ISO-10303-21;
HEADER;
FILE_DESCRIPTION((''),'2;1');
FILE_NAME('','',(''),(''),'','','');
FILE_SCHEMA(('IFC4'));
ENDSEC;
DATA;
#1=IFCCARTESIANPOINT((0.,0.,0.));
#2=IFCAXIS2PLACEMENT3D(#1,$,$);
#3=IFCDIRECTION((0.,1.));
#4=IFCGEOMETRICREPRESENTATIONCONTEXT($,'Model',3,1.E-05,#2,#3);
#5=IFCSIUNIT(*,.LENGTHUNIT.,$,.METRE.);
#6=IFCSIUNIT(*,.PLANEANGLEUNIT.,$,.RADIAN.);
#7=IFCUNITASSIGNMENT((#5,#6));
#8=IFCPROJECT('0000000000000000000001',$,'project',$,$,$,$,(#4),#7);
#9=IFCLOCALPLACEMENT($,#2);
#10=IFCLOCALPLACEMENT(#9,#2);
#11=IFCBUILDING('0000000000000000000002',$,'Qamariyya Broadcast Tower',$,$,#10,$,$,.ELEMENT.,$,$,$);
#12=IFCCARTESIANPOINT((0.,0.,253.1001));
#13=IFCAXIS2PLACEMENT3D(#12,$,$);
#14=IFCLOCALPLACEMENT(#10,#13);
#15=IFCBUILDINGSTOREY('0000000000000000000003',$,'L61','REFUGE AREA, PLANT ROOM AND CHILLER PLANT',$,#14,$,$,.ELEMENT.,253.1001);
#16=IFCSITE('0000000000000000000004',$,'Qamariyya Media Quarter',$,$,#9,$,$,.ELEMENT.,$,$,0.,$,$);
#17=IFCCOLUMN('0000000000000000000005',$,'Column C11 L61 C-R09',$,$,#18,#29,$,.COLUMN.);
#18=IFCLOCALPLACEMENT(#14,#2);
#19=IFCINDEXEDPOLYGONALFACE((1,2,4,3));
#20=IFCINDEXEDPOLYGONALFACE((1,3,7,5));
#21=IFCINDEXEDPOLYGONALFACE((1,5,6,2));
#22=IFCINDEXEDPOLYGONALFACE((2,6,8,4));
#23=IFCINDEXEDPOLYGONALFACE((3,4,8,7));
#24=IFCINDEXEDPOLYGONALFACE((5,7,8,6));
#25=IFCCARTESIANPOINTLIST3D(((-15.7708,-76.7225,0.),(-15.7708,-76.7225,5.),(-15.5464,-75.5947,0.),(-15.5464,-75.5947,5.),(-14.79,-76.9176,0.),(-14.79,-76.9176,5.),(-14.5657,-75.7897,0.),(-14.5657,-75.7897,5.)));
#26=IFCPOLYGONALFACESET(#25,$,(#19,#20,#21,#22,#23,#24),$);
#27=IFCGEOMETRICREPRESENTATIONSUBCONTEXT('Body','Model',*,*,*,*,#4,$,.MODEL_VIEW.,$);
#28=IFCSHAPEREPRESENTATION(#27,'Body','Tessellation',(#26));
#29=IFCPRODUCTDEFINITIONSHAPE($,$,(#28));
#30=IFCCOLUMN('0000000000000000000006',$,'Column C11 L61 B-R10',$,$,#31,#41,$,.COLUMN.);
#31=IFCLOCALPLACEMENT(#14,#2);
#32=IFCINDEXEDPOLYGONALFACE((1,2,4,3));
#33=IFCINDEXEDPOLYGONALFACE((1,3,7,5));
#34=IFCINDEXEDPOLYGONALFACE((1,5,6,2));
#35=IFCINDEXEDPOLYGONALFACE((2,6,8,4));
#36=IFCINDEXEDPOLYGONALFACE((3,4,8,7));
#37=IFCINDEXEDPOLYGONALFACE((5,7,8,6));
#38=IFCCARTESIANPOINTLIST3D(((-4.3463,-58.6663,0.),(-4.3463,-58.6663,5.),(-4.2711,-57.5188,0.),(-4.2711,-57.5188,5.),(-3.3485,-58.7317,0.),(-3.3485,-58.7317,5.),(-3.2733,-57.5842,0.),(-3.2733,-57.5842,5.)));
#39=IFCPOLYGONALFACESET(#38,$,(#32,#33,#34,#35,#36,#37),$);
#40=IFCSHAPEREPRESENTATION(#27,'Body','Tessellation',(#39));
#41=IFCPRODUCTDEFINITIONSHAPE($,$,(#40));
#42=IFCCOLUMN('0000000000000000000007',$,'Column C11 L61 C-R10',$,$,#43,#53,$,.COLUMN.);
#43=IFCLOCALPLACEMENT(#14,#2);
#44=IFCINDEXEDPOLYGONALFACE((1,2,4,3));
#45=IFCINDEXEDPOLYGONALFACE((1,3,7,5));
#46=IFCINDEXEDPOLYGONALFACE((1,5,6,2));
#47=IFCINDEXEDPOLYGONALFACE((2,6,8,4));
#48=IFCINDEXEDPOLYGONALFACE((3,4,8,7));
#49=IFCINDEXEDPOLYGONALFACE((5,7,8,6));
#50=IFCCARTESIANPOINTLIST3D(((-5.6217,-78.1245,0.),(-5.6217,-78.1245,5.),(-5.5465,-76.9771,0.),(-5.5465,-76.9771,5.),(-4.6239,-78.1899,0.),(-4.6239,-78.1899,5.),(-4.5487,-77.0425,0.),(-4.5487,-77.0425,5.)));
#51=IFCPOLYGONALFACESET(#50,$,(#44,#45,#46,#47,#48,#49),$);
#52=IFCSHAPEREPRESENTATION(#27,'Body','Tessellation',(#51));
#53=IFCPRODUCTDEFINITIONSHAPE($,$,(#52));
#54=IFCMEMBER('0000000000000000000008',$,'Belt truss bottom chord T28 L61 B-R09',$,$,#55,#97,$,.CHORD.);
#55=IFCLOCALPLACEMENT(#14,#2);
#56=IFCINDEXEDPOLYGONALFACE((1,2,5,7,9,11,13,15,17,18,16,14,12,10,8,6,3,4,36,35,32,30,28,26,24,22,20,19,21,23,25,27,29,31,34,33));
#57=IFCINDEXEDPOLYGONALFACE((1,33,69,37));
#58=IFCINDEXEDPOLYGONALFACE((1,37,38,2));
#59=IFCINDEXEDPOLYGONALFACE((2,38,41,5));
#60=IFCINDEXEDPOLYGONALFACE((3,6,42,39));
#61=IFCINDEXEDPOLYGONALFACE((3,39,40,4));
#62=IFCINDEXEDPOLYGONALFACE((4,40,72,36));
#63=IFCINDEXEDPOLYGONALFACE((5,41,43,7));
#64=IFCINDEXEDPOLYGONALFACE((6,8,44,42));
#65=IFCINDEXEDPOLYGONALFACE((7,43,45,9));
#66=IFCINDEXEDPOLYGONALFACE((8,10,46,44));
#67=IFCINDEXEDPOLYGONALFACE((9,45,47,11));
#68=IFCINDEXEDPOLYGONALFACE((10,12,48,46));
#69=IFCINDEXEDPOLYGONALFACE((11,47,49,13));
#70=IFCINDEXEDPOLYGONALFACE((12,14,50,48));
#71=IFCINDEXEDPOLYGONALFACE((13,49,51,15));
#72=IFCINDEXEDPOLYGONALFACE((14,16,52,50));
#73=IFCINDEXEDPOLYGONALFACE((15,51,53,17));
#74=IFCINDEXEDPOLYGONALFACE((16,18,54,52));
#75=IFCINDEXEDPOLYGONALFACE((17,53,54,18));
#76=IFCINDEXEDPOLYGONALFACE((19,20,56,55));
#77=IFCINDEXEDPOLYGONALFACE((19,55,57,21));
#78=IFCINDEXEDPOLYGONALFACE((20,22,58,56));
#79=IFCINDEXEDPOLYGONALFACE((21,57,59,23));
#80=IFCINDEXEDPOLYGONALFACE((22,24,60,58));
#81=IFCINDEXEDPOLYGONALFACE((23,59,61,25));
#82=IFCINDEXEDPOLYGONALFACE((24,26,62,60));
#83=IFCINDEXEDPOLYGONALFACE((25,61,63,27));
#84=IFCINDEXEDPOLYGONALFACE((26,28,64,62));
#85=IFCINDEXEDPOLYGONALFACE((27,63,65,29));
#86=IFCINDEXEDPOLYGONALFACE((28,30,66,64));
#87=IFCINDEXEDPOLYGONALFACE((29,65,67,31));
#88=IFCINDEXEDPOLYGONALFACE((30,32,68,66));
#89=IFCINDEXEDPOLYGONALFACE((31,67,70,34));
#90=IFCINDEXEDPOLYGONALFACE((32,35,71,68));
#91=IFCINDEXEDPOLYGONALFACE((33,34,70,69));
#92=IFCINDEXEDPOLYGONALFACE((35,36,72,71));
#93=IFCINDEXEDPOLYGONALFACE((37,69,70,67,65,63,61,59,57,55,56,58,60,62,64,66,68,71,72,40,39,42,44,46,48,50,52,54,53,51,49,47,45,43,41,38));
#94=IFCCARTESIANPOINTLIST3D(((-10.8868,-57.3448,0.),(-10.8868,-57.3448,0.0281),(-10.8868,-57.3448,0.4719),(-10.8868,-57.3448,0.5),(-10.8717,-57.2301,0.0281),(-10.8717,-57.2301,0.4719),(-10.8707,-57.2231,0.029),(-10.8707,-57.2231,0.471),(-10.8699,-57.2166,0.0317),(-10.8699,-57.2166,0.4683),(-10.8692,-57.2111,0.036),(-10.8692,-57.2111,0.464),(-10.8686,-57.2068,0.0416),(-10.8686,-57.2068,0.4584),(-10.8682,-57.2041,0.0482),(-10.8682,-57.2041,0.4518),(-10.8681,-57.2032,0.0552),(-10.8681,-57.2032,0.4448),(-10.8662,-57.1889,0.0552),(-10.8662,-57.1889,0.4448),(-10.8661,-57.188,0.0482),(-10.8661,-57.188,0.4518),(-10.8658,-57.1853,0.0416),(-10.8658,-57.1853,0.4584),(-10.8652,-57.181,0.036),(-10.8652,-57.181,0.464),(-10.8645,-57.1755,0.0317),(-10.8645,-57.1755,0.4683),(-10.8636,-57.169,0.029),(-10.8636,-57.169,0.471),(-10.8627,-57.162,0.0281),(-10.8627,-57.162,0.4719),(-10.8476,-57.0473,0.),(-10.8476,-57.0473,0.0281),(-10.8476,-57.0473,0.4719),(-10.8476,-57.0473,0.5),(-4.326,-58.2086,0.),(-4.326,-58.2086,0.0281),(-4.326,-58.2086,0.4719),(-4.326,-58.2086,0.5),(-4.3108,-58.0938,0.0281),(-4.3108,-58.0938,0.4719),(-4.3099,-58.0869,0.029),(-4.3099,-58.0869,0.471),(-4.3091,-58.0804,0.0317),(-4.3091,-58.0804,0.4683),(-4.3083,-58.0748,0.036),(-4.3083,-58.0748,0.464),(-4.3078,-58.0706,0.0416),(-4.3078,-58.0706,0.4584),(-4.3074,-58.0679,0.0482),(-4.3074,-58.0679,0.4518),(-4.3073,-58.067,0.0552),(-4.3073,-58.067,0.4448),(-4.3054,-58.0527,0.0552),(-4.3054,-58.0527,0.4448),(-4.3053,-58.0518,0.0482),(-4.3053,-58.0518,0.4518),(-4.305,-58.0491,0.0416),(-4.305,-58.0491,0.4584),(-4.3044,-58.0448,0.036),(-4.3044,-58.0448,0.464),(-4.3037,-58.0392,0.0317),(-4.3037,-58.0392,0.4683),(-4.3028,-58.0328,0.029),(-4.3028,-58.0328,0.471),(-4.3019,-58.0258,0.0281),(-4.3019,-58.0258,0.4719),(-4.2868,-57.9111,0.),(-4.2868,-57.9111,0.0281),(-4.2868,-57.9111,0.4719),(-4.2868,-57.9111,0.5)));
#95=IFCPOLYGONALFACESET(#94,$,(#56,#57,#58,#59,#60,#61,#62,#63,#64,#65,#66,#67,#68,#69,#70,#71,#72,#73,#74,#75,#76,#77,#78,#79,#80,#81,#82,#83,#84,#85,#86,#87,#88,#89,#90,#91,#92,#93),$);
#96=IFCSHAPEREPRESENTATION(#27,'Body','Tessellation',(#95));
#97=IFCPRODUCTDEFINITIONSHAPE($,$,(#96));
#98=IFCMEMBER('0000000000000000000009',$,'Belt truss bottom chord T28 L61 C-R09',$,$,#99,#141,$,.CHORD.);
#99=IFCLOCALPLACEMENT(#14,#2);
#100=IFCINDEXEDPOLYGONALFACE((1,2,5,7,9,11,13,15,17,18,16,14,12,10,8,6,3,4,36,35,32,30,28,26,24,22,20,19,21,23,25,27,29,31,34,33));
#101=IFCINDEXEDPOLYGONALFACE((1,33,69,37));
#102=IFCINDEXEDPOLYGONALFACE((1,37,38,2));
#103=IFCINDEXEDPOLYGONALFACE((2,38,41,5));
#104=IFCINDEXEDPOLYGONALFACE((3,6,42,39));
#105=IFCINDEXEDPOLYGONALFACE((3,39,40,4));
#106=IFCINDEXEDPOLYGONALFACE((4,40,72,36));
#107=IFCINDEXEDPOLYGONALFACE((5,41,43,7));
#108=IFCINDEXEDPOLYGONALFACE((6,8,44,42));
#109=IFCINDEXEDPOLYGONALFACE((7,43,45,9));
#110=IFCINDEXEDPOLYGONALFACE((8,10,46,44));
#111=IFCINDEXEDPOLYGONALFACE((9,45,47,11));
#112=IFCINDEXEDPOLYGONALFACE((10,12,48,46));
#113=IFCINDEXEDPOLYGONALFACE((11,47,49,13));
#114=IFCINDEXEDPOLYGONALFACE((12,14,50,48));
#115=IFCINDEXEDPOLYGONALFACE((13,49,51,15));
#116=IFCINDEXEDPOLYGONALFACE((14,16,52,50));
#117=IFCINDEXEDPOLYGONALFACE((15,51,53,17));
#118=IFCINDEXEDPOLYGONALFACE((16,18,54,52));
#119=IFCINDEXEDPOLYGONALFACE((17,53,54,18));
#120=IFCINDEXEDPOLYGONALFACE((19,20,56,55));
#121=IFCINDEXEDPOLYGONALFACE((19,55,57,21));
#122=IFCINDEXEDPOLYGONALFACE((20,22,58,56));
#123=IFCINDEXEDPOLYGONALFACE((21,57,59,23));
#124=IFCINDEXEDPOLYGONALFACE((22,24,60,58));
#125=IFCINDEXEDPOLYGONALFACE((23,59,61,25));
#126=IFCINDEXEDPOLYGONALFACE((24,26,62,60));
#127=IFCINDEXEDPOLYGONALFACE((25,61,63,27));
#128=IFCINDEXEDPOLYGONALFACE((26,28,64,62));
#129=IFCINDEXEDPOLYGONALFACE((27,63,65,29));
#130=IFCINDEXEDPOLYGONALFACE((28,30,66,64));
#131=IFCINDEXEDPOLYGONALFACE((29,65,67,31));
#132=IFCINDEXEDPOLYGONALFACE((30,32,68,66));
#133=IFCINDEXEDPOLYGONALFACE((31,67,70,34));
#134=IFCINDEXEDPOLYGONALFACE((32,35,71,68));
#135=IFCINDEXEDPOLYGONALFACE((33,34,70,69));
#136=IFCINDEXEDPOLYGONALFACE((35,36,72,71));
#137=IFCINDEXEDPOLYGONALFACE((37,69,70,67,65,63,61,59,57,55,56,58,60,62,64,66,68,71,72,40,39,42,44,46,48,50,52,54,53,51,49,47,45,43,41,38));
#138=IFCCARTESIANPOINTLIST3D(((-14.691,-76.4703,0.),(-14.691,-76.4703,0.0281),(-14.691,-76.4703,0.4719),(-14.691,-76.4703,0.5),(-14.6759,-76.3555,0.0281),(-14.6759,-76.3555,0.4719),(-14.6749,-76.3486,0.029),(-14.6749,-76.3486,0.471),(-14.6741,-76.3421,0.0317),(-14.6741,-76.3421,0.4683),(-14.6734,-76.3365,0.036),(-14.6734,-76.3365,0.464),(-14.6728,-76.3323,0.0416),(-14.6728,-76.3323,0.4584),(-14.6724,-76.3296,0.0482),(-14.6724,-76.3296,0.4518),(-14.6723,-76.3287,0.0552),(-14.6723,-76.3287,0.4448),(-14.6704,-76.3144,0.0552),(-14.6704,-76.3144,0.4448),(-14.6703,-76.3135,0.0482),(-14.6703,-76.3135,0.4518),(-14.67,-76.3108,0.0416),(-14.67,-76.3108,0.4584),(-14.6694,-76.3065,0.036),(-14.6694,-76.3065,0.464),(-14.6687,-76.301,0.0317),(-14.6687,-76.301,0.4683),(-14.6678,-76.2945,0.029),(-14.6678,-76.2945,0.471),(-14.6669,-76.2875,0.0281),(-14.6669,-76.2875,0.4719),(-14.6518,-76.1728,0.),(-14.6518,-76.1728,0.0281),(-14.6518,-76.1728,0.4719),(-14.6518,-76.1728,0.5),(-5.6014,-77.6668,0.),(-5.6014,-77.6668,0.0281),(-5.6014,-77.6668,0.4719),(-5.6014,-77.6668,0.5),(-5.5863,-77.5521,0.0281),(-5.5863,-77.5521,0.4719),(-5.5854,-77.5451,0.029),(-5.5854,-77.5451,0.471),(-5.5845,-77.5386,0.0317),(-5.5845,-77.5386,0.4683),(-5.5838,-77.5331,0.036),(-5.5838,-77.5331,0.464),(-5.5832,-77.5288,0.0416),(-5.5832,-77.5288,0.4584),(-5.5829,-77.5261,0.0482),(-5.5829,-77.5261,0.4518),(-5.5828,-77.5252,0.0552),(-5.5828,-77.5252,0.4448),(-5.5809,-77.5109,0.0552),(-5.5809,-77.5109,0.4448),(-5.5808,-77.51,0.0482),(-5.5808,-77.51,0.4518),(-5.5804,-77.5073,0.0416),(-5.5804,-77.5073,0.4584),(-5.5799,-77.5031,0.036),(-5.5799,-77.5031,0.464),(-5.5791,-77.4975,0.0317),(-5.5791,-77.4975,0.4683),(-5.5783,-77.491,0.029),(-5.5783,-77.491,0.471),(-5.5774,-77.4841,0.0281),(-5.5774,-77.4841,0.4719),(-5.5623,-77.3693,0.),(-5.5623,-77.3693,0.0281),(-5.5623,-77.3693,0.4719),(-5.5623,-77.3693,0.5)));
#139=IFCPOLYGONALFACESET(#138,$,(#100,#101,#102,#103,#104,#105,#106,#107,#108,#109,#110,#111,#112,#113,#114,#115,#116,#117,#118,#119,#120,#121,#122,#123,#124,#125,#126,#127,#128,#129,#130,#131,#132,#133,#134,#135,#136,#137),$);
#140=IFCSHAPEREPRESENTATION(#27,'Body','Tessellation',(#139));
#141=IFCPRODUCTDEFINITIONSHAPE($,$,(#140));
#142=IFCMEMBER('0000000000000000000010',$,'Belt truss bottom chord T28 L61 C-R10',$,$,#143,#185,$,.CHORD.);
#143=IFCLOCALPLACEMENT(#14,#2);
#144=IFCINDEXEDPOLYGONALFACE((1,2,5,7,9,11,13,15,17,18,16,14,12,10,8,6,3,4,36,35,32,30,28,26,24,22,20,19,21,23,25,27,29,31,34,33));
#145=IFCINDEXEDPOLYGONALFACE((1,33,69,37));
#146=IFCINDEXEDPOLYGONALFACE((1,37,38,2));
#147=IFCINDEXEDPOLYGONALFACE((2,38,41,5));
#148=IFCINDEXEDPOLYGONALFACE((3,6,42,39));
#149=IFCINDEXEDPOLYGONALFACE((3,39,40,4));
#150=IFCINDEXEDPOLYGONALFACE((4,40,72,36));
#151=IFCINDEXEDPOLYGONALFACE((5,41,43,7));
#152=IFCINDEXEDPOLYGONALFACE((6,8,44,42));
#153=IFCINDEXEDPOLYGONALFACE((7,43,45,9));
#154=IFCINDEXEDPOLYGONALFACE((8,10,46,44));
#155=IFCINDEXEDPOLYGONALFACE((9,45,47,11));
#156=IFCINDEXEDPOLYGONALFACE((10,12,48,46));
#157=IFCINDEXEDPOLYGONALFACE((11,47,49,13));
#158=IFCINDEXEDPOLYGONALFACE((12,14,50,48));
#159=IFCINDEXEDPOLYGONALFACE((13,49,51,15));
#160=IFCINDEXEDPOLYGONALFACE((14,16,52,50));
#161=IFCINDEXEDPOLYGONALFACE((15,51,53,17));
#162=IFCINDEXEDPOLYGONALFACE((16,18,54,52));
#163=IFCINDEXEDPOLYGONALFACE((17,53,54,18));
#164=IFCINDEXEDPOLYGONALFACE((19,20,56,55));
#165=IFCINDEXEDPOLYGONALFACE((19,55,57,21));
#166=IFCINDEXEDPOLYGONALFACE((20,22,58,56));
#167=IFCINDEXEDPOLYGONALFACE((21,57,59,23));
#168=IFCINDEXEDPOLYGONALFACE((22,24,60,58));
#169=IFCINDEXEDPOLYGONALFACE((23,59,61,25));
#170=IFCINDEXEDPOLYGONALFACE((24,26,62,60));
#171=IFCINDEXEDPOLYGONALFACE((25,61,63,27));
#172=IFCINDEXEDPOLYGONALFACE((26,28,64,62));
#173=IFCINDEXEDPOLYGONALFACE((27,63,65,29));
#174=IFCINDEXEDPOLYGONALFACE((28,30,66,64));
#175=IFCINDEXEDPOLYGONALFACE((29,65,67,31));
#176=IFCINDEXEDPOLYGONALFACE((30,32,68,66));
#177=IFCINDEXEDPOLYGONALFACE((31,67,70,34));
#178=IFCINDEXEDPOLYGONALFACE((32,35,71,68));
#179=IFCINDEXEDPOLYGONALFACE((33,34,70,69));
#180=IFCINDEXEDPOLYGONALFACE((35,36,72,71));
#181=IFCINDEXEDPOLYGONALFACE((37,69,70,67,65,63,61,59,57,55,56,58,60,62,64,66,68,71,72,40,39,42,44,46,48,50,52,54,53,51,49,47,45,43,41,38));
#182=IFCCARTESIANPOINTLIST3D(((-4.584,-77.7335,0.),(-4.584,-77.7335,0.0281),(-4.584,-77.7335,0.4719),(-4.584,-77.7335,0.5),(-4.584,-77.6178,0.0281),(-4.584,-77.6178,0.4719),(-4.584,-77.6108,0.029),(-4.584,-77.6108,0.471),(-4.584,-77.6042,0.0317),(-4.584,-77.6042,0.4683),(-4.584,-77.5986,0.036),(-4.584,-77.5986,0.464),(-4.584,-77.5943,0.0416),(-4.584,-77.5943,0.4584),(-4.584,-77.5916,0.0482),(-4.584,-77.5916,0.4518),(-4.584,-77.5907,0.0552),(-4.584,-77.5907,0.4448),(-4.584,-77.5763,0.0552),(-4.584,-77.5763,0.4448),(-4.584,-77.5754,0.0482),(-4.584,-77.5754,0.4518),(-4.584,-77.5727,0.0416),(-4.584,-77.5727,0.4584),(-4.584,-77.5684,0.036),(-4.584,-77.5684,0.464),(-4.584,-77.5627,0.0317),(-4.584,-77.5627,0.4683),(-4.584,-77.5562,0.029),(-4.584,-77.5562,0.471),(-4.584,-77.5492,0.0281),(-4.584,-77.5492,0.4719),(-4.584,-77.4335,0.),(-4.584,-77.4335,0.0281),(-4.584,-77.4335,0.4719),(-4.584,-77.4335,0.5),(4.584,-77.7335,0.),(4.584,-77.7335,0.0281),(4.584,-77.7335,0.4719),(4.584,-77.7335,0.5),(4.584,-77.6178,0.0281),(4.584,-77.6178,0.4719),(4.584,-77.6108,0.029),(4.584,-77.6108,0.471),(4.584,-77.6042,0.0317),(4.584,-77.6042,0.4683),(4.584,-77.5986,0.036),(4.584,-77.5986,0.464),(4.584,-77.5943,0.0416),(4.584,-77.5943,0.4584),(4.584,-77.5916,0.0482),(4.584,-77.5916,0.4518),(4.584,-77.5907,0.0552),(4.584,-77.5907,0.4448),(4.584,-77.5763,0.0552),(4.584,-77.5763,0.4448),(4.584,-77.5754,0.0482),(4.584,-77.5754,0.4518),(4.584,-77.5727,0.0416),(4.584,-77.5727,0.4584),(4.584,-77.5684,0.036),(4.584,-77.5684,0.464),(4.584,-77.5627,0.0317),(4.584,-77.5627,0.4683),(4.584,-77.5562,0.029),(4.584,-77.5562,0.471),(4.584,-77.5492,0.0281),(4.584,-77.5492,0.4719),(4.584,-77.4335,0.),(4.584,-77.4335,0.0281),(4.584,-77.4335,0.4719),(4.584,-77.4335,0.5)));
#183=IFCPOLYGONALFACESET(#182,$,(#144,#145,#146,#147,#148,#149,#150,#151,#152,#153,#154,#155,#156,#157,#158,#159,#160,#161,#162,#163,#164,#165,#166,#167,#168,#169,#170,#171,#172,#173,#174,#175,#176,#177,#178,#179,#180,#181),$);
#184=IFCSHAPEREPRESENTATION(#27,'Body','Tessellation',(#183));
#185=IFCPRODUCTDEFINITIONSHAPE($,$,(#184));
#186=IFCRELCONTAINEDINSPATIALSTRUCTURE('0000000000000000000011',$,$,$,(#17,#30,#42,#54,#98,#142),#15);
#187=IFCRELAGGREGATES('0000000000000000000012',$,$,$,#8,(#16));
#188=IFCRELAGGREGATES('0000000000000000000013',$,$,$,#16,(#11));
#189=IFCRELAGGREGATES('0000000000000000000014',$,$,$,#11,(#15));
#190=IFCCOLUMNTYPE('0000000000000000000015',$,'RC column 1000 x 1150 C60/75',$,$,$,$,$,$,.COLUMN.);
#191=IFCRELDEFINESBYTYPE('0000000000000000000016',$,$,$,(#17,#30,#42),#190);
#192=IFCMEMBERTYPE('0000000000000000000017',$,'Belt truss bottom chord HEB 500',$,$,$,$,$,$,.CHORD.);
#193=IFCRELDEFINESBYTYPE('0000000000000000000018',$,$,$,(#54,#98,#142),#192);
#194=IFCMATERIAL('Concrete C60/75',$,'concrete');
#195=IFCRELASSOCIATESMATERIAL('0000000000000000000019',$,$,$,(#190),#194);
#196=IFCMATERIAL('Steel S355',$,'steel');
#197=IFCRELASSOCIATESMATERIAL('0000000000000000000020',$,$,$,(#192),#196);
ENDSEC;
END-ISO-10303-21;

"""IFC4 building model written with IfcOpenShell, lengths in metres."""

from ifc_helpers import new_model, si_unit, direction, frame, origin, origin_2d, place, context, subcontext, project, spatial, rectangle, i_section, extrude, material, material_profile, profile_set, type_object, element, save


model = new_model("IFC4")

# Units and contexts
model_context = context("Model", 3, precision=1e-05, world=origin(), true_north=direction((0.0, 1.0)))
body_context = subcontext(model_context, "Body", "Model", "MODEL_VIEW")
ifc_project = project(units=[si_unit("LENGTHUNIT", "METRE"), si_unit("PLANEANGLEUNIT", "RADIAN")], contexts=[model_context])

# Site, building, storey
site_placement = place(None, origin())
site = spatial("IfcSite", under=ifc_project, at=site_placement, Name="Qamariyya Media Quarter", CompositionType="ELEMENT", RefElevation=0.0)
building_placement = place(site_placement, origin())
building = spatial("IfcBuilding", under=site, at=building_placement, Name="Qamariyya Broadcast Tower", CompositionType="ELEMENT")
storey_placement = place(building_placement, frame((0.0, 0.0, 253.1001)))
storey = spatial("IfcBuildingStorey", under=building, at=storey_placement, Name="L61", Description="REFUGE AREA, PLANT ROOM AND CHILLER PLANT", CompositionType="ELEMENT", Elevation=253.1001)

# Columns
ifc_material_1 = material(Name="Concrete C60/75", Category="concrete")
ifc_material_profile_1 = material_profile(ifc_material_1, rectangle(XDim=1.0, YDim=1.1499, at=origin_2d()))
ifc_profile_set_1 = profile_set([ifc_material_profile_1], Name="Concrete C60/75")
column_type = type_object("IfcColumnType", Name="RC column 1000 x 1150 C60/75", PredefinedType="COLUMN", material=ifc_profile_set_1)
for number, where, z_axis, x_axis, name in (
    (1, (-15.1682, -76.2561, 0.0), (0.0, 0.0, 1.0), (0.980785, -0.19509, 0.0), "Column C11 L61 C-R09"),
    (2, (-3.8098, -58.1252, 0.0), (0.0, 0.0, 1.0), (0.997859, -0.065403, 0.0), "Column C11 L61 B-R10"),
    (3, (-5.0852, -77.5835, 0.0), (0.0, 0.0, 1.0), (0.997859, -0.065403, 0.0), "Column C11 L61 C-R10"),
):
    element("IfcColumn", number, at=place(storey_placement, frame(where, z_axis=z_axis, x_axis=x_axis)), inside=storey, type_object=column_type, Name=name, PredefinedType="COLUMN", context=body_context, shape_type="SweptSolid", body=[
        extrude(rectangle(XDim=1.0, YDim=1.1499, at=origin_2d()), origin(), (0.0, 0.0, 1.0), 5.0),
    ])

# Members
ifc_material_2 = material(Name="Steel S355", Category="steel")
ifc_material_profile_2 = material_profile(ifc_material_2, i_section(OverallWidth=0.3, OverallDepth=0.5, WebThickness=0.0144, FlangeThickness=0.0281, FilletRadius=0.0271, at=origin_2d()))
ifc_profile_set_2 = profile_set([ifc_material_profile_2], Name="Steel S355")
member_type_1 = type_object("IfcMemberType", Name="Belt truss bottom chord HEB 500", PredefinedType="CHORD", material=ifc_profile_set_2)
member_1_placement = place(storey_placement, frame((-10.8672, -57.196, 0.25), z_axis=(0.991444, -0.13053, 0.0), x_axis=(0.13053, 0.991444, 0.0)))
element("IfcMember", 4, at=member_1_placement, inside=storey, type_object=member_type_1, Name="Belt truss bottom chord T28 L61 B-R09", PredefinedType="CHORD", context=body_context, shape_type="SweptSolid", body=[
    extrude(i_section(OverallWidth=0.3, OverallDepth=0.5, WebThickness=0.0144, FlangeThickness=0.0281, FilletRadius=0.0271, at=origin_2d()), origin(), (0.0, 0.0, 1.0), 6.6174),
])
for number, where, z_axis, x_axis, name in (
    (5, (-14.6714, -76.3215, 0.25), (0.991447, -0.130512, 0.0), (0.130512, 0.991447, 0.0), "Belt truss bottom chord T28 L61 C-R09"),
    (6, (-4.584, -77.5835, 0.25), (1.0, 0.0, 0.0), (0.0, 1.0, 0.0), "Belt truss bottom chord T28 L61 C-R10"),
):
    element("IfcMember", number, at=place(storey_placement, frame(where, z_axis=z_axis, x_axis=x_axis)), inside=storey, type_object=member_type_1, Name=name, PredefinedType="CHORD", context=body_context, shape_type="SweptSolid", body=[
        extrude(i_section(OverallWidth=0.3, OverallDepth=0.5, WebThickness=0.0144, FlangeThickness=0.0281, FilletRadius=0.0271, at=origin_2d()), origin(), (0.0, 0.0, 1.0), 9.168),
    ])

save(model, "model.ifc")
